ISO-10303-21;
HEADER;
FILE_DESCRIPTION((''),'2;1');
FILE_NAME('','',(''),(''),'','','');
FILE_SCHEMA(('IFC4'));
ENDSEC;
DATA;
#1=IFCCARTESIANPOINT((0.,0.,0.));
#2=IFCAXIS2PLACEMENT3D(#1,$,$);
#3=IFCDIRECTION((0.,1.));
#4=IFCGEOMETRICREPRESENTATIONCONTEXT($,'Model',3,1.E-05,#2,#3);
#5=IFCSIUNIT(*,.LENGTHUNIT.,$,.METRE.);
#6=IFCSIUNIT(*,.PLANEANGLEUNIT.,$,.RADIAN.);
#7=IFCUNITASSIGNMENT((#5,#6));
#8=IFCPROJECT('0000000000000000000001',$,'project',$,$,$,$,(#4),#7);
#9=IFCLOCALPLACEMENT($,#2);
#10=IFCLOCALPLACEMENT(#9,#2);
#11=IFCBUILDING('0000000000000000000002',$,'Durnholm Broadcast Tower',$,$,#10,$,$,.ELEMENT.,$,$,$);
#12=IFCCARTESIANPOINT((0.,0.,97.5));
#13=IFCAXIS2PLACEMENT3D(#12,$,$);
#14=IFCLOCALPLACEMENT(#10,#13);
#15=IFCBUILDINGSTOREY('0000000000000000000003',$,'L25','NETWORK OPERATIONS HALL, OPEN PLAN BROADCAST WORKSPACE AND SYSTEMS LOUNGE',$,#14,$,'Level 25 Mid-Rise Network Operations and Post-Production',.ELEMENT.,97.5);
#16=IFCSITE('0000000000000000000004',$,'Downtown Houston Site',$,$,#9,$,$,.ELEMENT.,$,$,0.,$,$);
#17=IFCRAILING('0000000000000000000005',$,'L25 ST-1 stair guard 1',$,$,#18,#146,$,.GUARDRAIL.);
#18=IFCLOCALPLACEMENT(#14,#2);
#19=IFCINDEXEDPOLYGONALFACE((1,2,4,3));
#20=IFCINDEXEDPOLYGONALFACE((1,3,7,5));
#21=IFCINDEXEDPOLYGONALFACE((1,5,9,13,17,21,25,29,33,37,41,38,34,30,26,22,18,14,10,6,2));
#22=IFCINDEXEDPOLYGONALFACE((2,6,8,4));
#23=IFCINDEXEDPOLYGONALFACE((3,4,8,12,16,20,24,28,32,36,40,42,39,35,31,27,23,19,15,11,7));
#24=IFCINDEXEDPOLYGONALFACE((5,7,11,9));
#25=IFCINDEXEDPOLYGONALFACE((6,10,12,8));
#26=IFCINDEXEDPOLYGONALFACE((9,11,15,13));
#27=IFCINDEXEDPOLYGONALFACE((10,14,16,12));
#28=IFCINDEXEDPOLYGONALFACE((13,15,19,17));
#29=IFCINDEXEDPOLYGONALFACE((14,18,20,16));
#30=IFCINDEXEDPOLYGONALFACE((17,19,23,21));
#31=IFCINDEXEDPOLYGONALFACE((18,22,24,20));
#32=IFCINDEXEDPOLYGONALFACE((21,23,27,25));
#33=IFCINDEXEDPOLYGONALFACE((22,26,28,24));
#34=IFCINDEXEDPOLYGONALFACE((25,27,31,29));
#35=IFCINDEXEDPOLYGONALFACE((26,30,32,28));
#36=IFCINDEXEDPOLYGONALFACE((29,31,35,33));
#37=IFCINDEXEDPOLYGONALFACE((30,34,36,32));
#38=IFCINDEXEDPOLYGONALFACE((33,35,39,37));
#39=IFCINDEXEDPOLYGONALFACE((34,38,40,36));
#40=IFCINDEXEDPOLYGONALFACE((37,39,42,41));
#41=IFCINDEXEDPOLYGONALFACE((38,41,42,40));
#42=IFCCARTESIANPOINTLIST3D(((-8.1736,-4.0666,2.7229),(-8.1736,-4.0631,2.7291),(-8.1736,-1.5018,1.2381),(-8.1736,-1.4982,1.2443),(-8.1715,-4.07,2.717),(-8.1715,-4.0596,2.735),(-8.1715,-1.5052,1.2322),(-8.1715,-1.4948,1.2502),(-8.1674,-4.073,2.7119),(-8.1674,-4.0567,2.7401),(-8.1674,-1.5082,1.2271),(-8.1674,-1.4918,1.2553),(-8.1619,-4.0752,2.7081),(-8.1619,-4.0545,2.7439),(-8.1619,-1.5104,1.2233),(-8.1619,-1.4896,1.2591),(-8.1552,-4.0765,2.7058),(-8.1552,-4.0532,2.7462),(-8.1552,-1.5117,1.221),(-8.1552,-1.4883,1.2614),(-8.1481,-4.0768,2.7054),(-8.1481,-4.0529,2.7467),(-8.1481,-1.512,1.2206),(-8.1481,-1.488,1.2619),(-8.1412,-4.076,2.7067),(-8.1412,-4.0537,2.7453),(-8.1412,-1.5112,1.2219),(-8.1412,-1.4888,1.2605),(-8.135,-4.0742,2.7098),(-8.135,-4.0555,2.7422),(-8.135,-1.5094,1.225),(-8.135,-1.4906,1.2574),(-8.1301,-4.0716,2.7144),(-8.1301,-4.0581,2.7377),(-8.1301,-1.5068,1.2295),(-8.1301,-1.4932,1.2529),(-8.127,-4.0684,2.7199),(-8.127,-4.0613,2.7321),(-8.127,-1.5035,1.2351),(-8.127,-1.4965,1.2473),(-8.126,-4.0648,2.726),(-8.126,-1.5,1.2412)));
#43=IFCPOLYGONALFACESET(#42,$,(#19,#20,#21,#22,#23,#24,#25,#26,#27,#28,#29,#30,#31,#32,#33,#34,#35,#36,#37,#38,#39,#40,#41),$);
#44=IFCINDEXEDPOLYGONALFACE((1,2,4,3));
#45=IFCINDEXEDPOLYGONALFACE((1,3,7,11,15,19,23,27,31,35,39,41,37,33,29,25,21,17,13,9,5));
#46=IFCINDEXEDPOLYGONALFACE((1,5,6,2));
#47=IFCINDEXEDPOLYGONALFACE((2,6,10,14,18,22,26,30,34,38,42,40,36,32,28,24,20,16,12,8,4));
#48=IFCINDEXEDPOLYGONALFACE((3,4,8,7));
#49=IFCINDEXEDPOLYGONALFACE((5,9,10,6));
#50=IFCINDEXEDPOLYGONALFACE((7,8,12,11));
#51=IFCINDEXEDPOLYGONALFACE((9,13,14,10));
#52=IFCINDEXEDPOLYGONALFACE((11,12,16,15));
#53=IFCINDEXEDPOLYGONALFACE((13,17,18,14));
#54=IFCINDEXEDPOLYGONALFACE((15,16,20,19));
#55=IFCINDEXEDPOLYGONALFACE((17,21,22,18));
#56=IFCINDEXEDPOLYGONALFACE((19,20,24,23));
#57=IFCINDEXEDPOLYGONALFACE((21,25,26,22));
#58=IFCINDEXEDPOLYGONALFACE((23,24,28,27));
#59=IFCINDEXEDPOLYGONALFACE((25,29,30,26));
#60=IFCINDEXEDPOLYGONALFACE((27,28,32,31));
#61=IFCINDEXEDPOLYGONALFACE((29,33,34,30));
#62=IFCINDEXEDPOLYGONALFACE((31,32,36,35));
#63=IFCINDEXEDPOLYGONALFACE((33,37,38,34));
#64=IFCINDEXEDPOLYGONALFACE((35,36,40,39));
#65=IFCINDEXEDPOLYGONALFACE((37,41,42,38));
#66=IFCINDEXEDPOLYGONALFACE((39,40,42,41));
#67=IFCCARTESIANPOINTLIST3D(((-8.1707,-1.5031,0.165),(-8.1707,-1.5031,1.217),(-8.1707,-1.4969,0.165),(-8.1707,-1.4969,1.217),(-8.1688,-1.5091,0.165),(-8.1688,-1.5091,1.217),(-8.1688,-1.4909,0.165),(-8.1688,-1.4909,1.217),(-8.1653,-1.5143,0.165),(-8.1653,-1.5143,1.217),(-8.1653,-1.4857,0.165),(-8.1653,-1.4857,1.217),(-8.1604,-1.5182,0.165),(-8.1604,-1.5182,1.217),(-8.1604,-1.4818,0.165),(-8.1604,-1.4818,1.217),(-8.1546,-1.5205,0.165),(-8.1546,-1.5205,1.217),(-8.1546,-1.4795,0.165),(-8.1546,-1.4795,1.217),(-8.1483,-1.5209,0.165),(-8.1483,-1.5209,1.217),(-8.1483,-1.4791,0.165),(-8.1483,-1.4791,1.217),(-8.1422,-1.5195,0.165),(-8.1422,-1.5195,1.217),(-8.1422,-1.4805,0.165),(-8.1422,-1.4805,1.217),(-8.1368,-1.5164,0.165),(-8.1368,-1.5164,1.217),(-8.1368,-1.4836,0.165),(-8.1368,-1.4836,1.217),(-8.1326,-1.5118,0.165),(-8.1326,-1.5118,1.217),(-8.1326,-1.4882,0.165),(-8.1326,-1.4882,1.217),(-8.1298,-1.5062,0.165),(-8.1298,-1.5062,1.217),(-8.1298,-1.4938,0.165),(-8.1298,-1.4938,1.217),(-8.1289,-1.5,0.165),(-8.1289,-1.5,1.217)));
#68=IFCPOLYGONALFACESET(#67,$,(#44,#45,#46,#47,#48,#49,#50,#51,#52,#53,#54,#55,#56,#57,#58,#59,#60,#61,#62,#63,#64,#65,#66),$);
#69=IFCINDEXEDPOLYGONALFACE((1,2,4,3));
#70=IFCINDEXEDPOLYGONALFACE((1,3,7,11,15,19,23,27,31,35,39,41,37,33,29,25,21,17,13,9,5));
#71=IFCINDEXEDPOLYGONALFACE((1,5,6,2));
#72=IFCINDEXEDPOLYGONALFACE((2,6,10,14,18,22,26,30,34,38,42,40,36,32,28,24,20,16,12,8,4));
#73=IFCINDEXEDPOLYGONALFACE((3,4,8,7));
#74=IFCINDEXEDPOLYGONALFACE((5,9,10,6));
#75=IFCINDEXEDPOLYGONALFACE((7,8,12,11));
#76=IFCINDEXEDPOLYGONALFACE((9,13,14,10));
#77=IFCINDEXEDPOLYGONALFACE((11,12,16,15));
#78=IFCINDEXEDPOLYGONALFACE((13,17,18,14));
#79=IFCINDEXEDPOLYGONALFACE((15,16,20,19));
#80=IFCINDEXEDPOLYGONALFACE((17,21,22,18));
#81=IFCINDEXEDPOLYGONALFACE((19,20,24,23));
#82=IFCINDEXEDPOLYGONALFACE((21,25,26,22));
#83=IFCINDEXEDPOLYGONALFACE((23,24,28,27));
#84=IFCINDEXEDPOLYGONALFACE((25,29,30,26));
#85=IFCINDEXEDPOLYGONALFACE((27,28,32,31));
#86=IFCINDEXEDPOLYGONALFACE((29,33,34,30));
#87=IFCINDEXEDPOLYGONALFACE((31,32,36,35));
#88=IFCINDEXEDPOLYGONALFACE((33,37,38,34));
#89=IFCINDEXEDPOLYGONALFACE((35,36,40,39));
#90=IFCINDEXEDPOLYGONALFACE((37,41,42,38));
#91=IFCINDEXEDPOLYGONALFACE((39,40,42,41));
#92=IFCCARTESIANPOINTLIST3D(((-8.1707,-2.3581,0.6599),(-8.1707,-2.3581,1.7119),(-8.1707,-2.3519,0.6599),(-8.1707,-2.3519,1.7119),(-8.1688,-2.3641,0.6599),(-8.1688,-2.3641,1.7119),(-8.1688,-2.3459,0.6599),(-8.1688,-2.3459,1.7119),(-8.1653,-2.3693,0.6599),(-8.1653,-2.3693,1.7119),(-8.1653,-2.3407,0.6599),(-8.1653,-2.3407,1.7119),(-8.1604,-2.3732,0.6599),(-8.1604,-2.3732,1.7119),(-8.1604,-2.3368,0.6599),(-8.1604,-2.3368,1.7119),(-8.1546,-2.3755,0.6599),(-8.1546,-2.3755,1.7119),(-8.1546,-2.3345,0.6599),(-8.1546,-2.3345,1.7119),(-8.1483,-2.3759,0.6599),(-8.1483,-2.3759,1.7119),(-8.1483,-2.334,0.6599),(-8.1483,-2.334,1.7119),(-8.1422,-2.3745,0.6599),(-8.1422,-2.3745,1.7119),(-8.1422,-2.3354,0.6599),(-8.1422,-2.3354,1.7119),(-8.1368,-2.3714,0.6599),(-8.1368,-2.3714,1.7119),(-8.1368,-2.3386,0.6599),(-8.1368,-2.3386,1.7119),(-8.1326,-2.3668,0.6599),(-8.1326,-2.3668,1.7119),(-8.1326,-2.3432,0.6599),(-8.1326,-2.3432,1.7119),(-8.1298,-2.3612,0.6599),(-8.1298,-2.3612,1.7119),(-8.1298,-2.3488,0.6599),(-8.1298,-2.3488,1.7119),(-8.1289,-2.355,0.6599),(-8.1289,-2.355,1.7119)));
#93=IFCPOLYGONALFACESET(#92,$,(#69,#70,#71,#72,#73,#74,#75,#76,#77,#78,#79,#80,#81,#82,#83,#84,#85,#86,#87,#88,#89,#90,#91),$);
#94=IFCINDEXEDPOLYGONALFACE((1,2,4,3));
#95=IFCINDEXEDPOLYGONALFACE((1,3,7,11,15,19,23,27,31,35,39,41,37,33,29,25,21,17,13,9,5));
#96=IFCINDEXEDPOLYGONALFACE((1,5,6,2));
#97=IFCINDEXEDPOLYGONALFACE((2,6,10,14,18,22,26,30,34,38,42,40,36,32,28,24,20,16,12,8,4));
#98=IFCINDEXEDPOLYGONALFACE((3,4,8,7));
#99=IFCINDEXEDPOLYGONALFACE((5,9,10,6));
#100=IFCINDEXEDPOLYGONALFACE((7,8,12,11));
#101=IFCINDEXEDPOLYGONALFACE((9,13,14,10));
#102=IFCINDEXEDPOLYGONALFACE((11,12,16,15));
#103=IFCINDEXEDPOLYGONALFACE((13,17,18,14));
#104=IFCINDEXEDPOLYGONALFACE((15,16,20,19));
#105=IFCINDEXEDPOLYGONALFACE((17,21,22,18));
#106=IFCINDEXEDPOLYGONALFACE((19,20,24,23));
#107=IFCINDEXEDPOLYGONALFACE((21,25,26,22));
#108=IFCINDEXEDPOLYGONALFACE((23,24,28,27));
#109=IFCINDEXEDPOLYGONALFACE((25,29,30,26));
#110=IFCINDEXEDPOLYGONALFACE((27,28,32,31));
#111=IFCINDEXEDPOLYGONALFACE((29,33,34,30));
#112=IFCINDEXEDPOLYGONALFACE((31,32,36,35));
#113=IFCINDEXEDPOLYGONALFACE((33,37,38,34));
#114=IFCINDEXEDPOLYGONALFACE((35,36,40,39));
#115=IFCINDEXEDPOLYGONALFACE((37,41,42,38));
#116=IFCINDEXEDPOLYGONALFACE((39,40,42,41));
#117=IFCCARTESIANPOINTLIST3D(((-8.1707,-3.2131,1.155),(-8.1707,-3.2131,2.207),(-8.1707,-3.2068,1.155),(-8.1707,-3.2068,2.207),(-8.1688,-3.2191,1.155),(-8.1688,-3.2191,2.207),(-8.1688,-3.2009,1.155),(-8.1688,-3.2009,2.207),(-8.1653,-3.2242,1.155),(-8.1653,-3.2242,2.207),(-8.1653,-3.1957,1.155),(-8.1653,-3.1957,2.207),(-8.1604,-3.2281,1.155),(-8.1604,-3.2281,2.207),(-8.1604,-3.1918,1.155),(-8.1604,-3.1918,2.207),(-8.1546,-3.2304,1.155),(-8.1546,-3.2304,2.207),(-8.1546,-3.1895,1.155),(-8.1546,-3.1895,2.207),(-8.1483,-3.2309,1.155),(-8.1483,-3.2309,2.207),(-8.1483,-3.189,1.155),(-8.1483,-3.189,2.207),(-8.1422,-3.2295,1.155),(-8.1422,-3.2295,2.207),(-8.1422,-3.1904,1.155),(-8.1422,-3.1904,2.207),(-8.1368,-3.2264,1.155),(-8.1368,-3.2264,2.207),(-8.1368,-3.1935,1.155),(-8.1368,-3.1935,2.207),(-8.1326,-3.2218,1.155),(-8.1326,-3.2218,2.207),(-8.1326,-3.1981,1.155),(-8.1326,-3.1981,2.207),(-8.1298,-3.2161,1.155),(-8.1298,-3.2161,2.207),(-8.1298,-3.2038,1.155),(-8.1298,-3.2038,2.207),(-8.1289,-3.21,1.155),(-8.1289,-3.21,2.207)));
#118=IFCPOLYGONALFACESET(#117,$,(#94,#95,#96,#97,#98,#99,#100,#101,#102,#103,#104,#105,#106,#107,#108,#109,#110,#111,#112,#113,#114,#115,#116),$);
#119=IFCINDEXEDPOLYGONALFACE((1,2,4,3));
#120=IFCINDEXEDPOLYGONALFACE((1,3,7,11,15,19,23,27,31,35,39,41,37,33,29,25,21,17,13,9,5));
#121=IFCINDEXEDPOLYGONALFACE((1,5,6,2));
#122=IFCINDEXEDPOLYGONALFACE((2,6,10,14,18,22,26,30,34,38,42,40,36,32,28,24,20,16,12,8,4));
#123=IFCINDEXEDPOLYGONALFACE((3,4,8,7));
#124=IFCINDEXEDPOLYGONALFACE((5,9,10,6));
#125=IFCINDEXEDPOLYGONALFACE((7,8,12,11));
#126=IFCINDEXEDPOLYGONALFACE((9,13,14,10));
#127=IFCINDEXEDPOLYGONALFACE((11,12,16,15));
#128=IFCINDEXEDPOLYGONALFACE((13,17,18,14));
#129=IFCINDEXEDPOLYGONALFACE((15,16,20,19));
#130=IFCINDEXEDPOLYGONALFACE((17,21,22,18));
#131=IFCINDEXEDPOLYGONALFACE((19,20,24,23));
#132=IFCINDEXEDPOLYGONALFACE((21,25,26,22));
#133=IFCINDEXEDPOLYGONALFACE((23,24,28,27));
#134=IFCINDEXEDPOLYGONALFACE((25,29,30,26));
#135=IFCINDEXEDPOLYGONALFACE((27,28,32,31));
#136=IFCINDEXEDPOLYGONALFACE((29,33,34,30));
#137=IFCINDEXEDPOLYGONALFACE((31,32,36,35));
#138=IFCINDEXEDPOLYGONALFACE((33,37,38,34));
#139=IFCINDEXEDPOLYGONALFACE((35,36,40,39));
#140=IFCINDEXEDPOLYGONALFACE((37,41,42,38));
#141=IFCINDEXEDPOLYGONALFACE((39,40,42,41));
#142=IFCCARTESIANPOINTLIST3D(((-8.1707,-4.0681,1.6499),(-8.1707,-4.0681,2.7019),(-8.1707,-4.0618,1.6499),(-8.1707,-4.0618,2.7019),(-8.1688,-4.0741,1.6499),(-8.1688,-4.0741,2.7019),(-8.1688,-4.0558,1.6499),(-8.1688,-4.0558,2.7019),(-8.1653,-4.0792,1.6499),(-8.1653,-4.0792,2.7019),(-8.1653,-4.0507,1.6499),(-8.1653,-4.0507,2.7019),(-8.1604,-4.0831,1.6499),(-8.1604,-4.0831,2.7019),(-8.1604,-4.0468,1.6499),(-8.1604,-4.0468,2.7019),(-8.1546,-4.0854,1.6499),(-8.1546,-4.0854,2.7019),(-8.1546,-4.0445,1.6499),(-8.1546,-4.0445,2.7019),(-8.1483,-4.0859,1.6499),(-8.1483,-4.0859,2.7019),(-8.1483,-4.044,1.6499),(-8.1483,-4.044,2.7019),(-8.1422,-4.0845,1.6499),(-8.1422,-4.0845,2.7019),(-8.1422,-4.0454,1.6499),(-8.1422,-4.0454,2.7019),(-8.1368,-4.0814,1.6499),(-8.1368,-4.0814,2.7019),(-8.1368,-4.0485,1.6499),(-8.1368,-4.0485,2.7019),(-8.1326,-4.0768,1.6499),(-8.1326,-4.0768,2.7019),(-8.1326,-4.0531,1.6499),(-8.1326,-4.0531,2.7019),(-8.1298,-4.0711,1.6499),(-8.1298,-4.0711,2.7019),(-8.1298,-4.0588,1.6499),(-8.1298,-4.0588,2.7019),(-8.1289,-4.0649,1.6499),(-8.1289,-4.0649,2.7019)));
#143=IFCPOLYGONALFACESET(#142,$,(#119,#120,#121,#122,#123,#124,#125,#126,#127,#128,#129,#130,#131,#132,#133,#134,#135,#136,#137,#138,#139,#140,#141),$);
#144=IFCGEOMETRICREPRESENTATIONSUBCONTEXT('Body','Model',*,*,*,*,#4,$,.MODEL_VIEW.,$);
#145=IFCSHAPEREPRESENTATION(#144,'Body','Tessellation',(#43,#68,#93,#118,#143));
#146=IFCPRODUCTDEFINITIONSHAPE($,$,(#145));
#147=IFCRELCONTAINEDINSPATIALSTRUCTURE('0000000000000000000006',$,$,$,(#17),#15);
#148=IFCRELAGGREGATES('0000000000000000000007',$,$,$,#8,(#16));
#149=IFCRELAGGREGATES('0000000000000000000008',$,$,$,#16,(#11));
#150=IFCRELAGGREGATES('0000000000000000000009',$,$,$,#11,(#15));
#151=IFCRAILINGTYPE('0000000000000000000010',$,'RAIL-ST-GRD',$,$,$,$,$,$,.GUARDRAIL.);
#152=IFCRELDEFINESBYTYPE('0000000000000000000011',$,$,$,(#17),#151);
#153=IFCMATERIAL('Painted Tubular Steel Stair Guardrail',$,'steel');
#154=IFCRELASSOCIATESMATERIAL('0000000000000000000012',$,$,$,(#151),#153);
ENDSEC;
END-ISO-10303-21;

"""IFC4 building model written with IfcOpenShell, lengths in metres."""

from ifc_helpers import new_model, si_unit, direction, frame, origin, origin_2d, place, context, subcontext, project, spatial, circle, extrude, material, type_object, element, save


model = new_model("IFC4")

# Units and contexts
model_context = context("Model", 3, precision=1e-05, world=origin(), true_north=direction((0.0, 1.0)))
body_context = subcontext(model_context, "Body", "Model", "MODEL_VIEW")
ifc_project = project(units=[si_unit("LENGTHUNIT", "METRE"), si_unit("PLANEANGLEUNIT", "RADIAN")], contexts=[model_context])

# Site, building, storey
site_placement = place(None, origin())
site = spatial("IfcSite", under=ifc_project, at=site_placement, Name="Downtown Houston Site", CompositionType="ELEMENT", RefElevation=0.0)
building_placement = place(site_placement, origin())
building = spatial("IfcBuilding", under=site, at=building_placement, Name="Durnholm Broadcast Tower", CompositionType="ELEMENT")
storey_placement = place(building_placement, frame((0.0, 0.0, 97.5)))
storey = spatial("IfcBuildingStorey", under=building, at=storey_placement, Name="L25", Description="NETWORK OPERATIONS HALL, OPEN PLAN BROADCAST WORKSPACE AND SYSTEMS LOUNGE", LongName="Level 25 Mid-Rise Network Operations and Post-Production", CompositionType="ELEMENT", Elevation=97.5)

# Railing
ifc_material_1 = material(Name="Painted Tubular Steel Stair Guardrail", Category="steel")
railing_type_1 = type_object("IfcRailingType", Name="RAIL-ST-GRD", PredefinedType="GUARDRAIL", material=ifc_material_1)
railing_1_placement = place(storey_placement, frame((-8.1499, -1.5, 0.165)))
element("IfcRailing", 1, at=railing_1_placement, inside=storey, type_object=railing_type_1, Name="L25 ST-1 stair guard 1", PredefinedType="GUARDRAIL", context=body_context, shape_type="SweptSolid", body=[
    extrude(circle(Radius=0.0239, at=origin_2d()), frame((0.0, 0.0, 1.0762), z_axis=(0.0, -0.865441, 0.50101), x_axis=(1.0, 0.0, 0.0)), (0.0, 0.0, 1.0), 2.9636),
    extrude(circle(Radius=0.021, at=origin_2d()), origin(), (0.0, 0.0, 1.0), 1.052),
    extrude(circle(Radius=0.021, at=origin_2d()), frame((0.0, -0.855, 0.4949)), (0.0, 0.0, 1.0), 1.052),
    extrude(circle(Radius=0.021, at=origin_2d()), frame((0.0, -1.71, 0.99)), (0.0, 0.0, 1.0), 1.052),
    extrude(circle(Radius=0.021, at=origin_2d()), frame((0.0, -2.5649, 1.4849)), (0.0, 0.0, 1.0), 1.052),
])

save(model, "model.ifc")
